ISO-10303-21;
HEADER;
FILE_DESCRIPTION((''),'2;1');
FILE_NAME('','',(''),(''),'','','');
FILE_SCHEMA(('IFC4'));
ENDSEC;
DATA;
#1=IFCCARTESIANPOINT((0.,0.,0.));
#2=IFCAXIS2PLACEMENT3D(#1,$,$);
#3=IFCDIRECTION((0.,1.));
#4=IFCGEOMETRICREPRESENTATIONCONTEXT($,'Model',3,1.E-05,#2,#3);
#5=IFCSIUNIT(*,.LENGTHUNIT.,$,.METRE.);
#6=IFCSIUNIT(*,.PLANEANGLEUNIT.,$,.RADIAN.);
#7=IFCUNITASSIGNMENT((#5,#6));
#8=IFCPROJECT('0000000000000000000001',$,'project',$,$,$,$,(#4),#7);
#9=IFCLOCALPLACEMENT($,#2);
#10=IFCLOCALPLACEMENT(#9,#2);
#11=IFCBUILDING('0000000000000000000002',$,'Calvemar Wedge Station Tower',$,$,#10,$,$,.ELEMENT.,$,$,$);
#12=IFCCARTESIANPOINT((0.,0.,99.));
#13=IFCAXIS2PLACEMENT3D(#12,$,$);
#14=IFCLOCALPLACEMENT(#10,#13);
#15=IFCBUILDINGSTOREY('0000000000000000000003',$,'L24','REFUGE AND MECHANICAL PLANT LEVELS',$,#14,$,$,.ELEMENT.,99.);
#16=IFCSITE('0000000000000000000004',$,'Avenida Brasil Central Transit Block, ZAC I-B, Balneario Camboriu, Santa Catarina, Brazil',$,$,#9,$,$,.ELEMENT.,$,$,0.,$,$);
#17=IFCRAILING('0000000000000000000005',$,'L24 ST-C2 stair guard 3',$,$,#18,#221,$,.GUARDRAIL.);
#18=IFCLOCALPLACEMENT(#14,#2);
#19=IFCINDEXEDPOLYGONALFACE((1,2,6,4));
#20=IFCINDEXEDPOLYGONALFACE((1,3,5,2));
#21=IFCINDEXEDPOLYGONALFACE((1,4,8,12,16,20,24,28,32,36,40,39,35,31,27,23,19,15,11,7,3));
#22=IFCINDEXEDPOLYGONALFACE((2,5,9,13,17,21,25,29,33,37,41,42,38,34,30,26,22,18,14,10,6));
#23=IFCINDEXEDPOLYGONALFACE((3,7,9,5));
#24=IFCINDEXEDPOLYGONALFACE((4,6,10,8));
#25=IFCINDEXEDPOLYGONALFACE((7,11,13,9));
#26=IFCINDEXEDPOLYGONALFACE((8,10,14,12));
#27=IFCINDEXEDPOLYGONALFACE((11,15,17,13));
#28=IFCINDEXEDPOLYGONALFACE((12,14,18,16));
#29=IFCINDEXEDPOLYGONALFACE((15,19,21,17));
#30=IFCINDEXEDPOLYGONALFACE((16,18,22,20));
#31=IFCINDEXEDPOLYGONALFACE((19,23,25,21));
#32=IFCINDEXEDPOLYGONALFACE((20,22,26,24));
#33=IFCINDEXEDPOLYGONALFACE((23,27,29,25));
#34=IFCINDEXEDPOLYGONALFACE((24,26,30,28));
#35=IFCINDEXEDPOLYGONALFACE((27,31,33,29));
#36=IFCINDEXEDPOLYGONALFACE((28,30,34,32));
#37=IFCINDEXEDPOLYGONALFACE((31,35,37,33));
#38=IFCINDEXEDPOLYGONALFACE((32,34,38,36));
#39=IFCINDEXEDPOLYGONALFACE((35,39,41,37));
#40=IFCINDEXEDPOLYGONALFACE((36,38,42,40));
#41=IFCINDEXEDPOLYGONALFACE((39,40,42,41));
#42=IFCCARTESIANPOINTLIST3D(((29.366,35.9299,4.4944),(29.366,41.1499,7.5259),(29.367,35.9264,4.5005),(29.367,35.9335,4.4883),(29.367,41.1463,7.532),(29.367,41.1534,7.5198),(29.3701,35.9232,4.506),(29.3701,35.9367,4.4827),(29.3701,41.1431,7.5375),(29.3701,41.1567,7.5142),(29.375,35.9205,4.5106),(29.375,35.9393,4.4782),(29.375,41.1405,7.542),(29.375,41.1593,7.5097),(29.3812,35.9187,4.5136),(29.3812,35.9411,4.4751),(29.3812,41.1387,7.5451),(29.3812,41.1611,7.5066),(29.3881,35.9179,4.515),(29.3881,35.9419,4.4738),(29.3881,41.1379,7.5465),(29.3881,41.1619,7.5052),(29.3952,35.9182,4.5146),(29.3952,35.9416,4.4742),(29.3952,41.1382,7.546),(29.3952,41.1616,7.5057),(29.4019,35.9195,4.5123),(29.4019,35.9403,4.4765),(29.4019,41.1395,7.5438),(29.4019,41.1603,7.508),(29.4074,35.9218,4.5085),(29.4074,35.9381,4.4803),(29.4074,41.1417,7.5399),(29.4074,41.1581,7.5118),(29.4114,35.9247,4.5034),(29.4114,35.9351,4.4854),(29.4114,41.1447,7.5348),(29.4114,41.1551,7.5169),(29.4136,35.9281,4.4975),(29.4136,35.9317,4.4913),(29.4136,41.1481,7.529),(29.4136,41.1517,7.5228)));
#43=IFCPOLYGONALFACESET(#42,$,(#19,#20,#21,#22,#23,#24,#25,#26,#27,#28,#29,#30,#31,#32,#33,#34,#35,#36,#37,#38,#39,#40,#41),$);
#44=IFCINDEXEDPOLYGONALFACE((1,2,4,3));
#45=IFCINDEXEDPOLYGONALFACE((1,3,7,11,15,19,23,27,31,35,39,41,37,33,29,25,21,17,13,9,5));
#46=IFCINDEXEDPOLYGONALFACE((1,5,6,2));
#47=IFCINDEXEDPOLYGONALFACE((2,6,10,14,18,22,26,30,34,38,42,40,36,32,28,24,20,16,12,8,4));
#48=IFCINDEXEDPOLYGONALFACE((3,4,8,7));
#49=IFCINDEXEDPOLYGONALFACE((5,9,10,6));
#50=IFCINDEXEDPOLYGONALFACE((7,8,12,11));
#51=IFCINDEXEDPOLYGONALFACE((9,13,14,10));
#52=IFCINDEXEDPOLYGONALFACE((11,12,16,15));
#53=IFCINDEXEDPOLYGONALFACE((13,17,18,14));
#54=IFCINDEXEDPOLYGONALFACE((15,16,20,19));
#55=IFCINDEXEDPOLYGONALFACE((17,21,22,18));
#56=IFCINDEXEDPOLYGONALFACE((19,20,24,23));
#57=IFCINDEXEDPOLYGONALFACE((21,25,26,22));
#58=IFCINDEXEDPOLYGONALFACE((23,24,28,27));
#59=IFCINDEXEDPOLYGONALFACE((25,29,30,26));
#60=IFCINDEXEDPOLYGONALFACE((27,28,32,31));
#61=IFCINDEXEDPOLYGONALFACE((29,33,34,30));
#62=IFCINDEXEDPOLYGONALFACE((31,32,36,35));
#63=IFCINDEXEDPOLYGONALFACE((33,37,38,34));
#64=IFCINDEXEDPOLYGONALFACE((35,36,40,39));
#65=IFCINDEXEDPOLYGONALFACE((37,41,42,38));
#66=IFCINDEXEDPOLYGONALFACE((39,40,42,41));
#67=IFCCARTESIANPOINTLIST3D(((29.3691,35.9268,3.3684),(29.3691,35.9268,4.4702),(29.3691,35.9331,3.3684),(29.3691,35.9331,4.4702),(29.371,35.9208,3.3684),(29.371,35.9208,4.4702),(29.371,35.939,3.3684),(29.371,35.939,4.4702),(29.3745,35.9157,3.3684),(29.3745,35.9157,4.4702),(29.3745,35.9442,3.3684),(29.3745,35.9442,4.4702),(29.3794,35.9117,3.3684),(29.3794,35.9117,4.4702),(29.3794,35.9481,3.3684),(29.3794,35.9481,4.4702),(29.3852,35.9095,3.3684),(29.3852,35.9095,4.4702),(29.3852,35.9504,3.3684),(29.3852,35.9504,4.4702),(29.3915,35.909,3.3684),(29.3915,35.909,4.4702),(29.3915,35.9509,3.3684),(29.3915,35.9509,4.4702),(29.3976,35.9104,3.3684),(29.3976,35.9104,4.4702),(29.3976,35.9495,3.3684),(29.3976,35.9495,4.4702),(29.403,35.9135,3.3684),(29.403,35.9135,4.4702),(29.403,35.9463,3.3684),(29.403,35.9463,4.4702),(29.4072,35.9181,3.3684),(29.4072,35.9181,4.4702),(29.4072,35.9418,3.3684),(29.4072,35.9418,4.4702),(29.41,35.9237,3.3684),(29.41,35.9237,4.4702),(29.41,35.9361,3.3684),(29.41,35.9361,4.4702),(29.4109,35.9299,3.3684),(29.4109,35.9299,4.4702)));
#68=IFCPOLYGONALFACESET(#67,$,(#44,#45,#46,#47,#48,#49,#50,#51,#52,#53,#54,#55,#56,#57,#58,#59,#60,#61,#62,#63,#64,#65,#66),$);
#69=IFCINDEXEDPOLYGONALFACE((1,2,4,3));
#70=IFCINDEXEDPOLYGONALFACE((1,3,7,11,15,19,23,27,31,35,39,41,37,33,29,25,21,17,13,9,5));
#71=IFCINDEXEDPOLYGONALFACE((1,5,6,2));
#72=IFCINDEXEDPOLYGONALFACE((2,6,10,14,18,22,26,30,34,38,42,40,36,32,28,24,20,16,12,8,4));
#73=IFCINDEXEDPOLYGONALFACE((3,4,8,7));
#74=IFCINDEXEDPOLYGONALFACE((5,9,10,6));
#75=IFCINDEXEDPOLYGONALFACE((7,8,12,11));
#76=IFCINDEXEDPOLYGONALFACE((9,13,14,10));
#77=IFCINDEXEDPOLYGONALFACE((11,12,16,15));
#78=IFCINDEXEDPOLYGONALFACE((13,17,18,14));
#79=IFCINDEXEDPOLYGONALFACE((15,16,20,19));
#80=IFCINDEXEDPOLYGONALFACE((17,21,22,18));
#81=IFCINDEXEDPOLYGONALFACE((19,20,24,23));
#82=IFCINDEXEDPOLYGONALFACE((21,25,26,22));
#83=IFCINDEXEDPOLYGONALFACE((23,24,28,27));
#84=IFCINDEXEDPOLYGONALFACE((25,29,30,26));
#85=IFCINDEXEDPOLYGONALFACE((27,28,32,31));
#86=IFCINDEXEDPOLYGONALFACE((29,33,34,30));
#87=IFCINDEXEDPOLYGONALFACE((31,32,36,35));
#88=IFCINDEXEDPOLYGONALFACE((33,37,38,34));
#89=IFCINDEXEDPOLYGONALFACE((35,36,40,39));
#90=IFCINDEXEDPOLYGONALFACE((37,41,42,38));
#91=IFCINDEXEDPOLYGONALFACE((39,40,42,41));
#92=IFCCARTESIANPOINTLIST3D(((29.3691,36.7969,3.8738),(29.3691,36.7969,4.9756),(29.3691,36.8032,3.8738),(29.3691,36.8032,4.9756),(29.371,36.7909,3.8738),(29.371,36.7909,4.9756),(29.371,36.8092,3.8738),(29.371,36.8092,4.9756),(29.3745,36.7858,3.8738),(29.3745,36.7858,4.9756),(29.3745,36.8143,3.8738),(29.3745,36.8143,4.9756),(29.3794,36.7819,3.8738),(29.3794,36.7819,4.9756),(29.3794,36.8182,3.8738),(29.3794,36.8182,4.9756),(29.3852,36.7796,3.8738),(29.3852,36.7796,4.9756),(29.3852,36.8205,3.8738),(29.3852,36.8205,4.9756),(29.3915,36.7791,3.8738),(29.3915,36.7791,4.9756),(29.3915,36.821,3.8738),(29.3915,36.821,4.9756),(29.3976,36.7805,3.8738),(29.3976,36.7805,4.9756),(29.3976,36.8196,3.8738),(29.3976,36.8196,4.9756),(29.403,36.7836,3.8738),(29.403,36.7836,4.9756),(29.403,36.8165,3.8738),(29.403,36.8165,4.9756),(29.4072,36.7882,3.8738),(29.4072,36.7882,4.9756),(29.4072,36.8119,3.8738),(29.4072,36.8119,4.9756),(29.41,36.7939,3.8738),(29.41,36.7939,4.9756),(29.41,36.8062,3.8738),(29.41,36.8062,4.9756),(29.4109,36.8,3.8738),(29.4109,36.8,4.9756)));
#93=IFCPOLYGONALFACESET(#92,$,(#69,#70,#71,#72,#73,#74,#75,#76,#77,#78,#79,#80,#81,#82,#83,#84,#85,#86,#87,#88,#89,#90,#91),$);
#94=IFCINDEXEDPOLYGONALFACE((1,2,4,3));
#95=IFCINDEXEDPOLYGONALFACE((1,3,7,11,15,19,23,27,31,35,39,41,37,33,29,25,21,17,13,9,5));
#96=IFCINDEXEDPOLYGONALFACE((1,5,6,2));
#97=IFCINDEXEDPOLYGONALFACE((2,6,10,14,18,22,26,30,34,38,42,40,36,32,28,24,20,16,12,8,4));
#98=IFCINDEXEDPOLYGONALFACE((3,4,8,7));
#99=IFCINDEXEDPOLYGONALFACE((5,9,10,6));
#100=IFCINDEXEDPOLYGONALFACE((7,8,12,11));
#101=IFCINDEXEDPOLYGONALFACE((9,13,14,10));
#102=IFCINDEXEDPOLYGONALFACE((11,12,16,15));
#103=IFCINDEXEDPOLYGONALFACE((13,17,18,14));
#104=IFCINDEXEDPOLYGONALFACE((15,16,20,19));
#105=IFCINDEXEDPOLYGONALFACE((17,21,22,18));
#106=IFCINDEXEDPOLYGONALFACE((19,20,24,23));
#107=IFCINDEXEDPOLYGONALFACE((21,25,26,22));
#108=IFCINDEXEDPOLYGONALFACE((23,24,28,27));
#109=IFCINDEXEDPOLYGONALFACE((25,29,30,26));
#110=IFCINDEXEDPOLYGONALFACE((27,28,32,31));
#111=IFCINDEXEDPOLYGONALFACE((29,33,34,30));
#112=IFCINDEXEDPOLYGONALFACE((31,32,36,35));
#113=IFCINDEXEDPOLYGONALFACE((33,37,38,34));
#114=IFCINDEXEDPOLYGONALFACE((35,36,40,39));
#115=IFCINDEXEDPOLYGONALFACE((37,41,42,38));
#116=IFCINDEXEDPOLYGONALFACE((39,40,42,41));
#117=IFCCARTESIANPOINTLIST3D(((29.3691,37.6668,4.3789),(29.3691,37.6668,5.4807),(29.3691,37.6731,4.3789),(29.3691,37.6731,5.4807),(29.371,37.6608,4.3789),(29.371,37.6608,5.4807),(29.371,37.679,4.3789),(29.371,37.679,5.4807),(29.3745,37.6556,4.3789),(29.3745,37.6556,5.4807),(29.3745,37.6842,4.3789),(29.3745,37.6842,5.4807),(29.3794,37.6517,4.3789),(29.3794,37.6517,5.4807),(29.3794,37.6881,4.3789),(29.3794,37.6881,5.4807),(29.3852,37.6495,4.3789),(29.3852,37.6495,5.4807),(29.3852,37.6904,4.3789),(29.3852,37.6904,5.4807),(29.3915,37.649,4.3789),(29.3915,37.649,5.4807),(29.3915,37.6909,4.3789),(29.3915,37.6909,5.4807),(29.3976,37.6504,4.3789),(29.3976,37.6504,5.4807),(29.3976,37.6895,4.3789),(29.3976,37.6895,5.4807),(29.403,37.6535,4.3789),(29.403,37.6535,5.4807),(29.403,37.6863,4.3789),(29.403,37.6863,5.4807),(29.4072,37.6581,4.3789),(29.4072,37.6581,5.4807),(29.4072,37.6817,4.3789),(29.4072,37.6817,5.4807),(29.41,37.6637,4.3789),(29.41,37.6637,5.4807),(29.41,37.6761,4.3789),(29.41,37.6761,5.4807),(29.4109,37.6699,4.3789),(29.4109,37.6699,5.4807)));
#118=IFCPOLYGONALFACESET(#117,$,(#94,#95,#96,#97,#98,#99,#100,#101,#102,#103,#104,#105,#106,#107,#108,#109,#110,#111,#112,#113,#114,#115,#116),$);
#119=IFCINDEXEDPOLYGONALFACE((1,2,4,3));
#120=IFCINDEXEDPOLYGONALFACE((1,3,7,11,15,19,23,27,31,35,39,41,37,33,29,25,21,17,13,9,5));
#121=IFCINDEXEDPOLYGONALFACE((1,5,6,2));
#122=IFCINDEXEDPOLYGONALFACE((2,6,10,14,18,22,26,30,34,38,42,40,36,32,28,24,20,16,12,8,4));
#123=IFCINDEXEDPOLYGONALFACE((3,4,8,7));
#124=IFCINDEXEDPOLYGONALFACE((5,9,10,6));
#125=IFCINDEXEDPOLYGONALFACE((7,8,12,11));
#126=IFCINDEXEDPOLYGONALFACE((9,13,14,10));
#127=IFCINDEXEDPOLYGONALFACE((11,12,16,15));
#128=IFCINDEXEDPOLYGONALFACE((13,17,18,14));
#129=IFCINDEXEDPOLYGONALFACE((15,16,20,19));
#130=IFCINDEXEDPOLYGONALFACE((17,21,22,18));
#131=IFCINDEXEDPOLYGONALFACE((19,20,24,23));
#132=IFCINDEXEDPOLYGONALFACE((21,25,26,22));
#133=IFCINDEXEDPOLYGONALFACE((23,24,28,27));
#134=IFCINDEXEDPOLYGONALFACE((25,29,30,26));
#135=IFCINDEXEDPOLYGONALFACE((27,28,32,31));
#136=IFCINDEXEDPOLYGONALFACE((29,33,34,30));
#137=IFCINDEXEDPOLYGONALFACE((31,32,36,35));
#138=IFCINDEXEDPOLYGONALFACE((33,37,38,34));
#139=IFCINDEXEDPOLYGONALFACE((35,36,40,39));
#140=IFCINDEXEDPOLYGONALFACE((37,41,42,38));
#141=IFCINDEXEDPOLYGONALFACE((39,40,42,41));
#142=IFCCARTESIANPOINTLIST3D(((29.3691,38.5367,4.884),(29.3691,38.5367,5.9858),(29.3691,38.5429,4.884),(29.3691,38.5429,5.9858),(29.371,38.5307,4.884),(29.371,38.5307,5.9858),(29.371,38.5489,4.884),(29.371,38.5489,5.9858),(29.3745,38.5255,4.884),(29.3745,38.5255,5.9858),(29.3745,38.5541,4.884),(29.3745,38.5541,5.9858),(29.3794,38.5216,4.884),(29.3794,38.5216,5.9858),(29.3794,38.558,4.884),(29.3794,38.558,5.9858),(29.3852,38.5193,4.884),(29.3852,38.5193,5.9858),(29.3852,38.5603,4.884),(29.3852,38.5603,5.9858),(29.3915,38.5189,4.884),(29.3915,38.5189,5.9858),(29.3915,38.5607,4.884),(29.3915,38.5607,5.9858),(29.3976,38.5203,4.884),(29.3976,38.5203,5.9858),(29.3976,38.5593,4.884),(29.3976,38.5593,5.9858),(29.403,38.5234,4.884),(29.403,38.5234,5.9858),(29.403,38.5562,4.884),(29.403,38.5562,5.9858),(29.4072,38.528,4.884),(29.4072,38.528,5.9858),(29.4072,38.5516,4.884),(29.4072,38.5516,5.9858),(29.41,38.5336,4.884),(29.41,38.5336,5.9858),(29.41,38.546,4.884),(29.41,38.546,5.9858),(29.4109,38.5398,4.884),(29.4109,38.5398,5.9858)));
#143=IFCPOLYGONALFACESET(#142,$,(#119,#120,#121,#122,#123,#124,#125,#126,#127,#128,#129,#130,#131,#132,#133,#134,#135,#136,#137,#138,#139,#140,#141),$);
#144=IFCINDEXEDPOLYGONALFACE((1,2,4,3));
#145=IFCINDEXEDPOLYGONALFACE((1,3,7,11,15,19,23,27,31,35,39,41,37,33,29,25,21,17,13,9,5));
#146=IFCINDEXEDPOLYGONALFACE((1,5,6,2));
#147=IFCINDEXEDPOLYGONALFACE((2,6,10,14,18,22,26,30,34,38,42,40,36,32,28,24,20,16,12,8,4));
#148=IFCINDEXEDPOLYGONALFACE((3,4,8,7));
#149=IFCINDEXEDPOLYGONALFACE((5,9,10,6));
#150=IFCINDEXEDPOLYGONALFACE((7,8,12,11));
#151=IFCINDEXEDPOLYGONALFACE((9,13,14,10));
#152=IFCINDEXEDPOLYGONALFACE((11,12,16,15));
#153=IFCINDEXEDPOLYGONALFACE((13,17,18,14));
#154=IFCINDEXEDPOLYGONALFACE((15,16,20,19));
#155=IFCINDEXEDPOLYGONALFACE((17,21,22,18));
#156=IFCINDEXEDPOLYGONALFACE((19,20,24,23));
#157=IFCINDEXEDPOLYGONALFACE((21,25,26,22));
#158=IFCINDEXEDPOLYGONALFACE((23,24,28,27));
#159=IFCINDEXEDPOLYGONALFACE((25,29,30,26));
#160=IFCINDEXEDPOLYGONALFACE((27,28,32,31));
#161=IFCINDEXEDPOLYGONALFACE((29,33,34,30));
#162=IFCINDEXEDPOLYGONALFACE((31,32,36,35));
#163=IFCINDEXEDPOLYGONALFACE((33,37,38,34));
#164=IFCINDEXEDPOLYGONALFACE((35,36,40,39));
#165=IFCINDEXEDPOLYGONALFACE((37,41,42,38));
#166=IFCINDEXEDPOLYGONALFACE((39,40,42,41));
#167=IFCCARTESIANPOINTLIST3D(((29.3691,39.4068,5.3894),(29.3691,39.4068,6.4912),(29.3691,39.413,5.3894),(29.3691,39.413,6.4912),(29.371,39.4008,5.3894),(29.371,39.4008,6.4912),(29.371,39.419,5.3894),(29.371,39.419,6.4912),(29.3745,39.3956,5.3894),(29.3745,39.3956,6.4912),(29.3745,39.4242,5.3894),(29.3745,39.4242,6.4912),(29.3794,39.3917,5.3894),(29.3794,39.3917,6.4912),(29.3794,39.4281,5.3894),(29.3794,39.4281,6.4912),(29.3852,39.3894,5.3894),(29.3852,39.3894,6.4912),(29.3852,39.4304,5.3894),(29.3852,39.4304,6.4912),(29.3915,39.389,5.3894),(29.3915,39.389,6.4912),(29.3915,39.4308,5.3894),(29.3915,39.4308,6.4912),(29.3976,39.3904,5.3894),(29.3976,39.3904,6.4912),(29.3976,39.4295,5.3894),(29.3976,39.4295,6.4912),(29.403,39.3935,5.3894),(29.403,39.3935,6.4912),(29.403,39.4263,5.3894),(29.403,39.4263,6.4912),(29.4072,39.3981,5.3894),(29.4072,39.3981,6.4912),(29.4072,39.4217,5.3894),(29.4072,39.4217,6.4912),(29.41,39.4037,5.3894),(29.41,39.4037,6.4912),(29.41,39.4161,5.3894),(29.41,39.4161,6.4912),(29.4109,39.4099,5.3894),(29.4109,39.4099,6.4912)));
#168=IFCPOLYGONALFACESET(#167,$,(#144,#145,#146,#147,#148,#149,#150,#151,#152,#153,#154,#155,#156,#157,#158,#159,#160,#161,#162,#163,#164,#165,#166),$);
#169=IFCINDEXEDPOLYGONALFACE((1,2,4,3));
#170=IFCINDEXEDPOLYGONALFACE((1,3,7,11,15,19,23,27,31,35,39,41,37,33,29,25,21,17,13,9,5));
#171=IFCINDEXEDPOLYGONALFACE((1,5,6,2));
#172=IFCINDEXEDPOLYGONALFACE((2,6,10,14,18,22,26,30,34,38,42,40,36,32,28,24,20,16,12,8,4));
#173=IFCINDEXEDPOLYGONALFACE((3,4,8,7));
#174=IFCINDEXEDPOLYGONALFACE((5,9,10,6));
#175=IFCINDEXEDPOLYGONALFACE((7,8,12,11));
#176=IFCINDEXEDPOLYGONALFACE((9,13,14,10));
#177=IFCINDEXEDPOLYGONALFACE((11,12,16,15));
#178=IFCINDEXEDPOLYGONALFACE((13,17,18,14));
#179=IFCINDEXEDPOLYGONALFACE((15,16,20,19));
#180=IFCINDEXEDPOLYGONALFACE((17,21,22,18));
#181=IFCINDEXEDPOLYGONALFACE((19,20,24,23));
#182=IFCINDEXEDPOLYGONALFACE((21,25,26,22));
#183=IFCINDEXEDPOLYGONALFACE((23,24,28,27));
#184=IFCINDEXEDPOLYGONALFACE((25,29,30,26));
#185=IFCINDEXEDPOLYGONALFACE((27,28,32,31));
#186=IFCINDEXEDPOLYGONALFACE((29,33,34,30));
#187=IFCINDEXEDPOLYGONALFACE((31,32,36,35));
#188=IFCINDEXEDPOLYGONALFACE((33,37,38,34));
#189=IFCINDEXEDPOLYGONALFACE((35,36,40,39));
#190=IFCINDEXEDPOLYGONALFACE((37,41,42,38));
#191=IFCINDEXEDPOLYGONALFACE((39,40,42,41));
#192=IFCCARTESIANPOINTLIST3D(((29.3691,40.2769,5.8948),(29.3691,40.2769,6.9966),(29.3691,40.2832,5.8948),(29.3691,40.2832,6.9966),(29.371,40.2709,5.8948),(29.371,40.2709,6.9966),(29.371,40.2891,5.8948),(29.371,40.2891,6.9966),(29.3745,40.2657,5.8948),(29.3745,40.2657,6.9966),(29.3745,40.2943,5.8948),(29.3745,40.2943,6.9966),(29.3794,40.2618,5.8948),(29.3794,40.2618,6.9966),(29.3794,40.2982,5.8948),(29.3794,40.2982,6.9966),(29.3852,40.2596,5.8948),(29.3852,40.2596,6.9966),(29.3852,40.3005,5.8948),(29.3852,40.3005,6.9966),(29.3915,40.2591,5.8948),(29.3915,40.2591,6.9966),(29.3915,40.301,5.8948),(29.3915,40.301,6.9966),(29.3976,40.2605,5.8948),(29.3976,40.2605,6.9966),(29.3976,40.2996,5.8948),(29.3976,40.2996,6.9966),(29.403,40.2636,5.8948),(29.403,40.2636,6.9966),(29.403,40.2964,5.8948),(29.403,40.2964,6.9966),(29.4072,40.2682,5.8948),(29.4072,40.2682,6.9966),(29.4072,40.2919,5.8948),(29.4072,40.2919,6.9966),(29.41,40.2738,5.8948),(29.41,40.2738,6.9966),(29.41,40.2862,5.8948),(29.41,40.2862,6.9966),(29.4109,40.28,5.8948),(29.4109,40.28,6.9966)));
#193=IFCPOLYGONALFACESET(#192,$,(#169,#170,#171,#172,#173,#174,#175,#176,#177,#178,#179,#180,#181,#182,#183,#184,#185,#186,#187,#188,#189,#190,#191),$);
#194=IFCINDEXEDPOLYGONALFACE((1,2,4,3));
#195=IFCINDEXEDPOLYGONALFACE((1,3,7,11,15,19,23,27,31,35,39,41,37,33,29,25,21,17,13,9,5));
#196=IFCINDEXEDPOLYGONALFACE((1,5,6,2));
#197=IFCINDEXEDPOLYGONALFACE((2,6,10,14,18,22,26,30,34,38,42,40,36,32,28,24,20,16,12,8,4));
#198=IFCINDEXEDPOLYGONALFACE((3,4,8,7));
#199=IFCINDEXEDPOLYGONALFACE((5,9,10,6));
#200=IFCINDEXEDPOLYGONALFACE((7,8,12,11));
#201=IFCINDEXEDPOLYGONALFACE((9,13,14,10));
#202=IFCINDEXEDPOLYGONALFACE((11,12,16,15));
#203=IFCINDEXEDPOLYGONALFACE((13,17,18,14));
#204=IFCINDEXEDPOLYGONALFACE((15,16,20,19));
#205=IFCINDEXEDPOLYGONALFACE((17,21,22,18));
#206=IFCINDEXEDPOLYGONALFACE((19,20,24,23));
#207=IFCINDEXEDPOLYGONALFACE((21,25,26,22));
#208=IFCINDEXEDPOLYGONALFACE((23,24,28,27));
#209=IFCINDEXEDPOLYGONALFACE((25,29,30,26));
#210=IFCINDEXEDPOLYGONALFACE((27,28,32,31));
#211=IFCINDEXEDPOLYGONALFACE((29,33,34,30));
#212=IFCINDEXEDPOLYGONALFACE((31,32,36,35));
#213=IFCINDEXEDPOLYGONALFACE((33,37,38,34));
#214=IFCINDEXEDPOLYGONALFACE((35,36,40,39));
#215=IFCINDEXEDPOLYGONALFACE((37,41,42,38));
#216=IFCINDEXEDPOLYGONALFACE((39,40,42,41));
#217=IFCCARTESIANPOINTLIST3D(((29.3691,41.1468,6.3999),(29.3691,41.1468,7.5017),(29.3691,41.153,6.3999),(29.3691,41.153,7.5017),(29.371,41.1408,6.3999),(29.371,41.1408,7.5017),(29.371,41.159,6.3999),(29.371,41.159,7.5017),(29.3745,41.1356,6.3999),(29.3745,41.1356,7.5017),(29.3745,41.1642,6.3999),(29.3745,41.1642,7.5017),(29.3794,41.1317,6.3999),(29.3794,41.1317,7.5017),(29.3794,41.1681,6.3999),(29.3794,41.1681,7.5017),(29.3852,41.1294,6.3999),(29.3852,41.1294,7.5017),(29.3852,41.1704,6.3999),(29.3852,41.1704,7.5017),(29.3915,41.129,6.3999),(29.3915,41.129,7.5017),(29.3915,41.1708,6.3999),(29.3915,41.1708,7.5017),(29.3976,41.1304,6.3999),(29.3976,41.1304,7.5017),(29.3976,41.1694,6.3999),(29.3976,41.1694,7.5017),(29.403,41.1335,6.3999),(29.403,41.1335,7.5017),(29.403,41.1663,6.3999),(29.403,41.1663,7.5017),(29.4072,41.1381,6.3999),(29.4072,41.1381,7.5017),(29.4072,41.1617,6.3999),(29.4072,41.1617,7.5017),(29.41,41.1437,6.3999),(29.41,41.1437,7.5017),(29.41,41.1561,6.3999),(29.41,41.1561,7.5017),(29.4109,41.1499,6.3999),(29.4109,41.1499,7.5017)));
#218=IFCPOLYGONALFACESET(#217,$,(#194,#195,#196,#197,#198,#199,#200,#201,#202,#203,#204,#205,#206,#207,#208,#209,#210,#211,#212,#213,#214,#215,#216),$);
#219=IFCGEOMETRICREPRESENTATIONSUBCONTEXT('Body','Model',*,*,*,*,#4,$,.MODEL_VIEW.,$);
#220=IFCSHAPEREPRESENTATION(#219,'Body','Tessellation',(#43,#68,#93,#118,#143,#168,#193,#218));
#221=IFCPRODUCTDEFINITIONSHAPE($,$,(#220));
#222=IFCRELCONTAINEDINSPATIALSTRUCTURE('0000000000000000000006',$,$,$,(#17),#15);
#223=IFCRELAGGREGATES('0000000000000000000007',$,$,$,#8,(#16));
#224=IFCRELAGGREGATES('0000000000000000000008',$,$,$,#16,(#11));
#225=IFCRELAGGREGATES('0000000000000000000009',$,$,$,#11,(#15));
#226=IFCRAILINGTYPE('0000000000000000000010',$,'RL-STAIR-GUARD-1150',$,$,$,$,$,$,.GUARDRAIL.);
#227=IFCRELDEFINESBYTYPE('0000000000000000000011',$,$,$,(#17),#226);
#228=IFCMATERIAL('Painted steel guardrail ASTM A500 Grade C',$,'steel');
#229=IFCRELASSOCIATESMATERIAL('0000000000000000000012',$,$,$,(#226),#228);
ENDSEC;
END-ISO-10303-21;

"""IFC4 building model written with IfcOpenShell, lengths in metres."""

from ifc_helpers import new_model, si_unit, direction, frame, origin, origin_2d, place, context, subcontext, project, spatial, circle, extrude, material, type_object, element, save


model = new_model("IFC4")

# Units and contexts
model_context = context("Model", 3, precision=1e-05, world=origin(), true_north=direction((0.0, 1.0)))
body_context = subcontext(model_context, "Body", "Model", "MODEL_VIEW")
ifc_project = project(units=[si_unit("LENGTHUNIT", "METRE"), si_unit("PLANEANGLEUNIT", "RADIAN")], contexts=[model_context])

# Site, building, storey
site_placement = place(None, origin())
site = spatial("IfcSite", under=ifc_project, at=site_placement, Name="Avenida Brasil Central Transit Block, ZAC I-B, Balneario Camboriu, Santa Catarina, Brazil", CompositionType="ELEMENT", RefElevation=0.0)
building_placement = place(site_placement, origin())
building = spatial("IfcBuilding", under=site, at=building_placement, Name="Calvemar Wedge Station Tower", CompositionType="ELEMENT")
storey_placement = place(building_placement, frame((0.0, 0.0, 99.0)))
storey = spatial("IfcBuildingStorey", under=building, at=storey_placement, Name="L24", Description="REFUGE AND MECHANICAL PLANT LEVELS", CompositionType="ELEMENT", Elevation=99.0)

# Railing
ifc_material_1 = material(Name="Painted steel guardrail ASTM A500 Grade C", Category="steel")
railing_type_1 = type_object("IfcRailingType", Name="RL-STAIR-GUARD-1150", PredefinedType="GUARDRAIL", material=ifc_material_1)
railing_1_placement = place(storey_placement, frame((29.3899, 35.9299, 3.3684)))
element("IfcRailing", 1, at=railing_1_placement, inside=storey, type_object=railing_type_1, Name="L24 ST-C2 stair guard 3", PredefinedType="GUARDRAIL", context=body_context, shape_type="SweptSolid", body=[
    extrude(circle(Radius=0.0239, at=origin_2d()), frame((0.0, 0.0, 1.126), z_axis=(0.0, 0.86475, 0.502203), x_axis=(-1.0, 0.0, 0.0)), (0.0, 0.0, 1.0), 6.0364),
    extrude(circle(Radius=0.021, at=origin_2d()), origin(), (0.0, 0.0, 1.0), 1.1018),
    extrude(circle(Radius=0.021, at=origin_2d()), frame((0.0, 0.8701, 0.5054)), (0.0, 0.0, 1.0), 1.1018),
    extrude(circle(Radius=0.021, at=origin_2d()), frame((0.0, 1.74, 1.0105)), (0.0, 0.0, 1.0), 1.1018),
    extrude(circle(Radius=0.021, at=origin_2d()), frame((0.0, 2.6099, 1.5156)), (0.0, 0.0, 1.0), 1.1018),
    extrude(circle(Radius=0.021, at=origin_2d()), frame((0.0, 3.48, 2.021)), (0.0, 0.0, 1.0), 1.1018),
    extrude(circle(Radius=0.021, at=origin_2d()), frame((0.0, 4.3501, 2.5264)), (0.0, 0.0, 1.0), 1.1018),
    extrude(circle(Radius=0.021, at=origin_2d()), frame((0.0, 5.22, 3.0315)), (0.0, 0.0, 1.0), 1.1018),
])

save(model, "model.ifc")
